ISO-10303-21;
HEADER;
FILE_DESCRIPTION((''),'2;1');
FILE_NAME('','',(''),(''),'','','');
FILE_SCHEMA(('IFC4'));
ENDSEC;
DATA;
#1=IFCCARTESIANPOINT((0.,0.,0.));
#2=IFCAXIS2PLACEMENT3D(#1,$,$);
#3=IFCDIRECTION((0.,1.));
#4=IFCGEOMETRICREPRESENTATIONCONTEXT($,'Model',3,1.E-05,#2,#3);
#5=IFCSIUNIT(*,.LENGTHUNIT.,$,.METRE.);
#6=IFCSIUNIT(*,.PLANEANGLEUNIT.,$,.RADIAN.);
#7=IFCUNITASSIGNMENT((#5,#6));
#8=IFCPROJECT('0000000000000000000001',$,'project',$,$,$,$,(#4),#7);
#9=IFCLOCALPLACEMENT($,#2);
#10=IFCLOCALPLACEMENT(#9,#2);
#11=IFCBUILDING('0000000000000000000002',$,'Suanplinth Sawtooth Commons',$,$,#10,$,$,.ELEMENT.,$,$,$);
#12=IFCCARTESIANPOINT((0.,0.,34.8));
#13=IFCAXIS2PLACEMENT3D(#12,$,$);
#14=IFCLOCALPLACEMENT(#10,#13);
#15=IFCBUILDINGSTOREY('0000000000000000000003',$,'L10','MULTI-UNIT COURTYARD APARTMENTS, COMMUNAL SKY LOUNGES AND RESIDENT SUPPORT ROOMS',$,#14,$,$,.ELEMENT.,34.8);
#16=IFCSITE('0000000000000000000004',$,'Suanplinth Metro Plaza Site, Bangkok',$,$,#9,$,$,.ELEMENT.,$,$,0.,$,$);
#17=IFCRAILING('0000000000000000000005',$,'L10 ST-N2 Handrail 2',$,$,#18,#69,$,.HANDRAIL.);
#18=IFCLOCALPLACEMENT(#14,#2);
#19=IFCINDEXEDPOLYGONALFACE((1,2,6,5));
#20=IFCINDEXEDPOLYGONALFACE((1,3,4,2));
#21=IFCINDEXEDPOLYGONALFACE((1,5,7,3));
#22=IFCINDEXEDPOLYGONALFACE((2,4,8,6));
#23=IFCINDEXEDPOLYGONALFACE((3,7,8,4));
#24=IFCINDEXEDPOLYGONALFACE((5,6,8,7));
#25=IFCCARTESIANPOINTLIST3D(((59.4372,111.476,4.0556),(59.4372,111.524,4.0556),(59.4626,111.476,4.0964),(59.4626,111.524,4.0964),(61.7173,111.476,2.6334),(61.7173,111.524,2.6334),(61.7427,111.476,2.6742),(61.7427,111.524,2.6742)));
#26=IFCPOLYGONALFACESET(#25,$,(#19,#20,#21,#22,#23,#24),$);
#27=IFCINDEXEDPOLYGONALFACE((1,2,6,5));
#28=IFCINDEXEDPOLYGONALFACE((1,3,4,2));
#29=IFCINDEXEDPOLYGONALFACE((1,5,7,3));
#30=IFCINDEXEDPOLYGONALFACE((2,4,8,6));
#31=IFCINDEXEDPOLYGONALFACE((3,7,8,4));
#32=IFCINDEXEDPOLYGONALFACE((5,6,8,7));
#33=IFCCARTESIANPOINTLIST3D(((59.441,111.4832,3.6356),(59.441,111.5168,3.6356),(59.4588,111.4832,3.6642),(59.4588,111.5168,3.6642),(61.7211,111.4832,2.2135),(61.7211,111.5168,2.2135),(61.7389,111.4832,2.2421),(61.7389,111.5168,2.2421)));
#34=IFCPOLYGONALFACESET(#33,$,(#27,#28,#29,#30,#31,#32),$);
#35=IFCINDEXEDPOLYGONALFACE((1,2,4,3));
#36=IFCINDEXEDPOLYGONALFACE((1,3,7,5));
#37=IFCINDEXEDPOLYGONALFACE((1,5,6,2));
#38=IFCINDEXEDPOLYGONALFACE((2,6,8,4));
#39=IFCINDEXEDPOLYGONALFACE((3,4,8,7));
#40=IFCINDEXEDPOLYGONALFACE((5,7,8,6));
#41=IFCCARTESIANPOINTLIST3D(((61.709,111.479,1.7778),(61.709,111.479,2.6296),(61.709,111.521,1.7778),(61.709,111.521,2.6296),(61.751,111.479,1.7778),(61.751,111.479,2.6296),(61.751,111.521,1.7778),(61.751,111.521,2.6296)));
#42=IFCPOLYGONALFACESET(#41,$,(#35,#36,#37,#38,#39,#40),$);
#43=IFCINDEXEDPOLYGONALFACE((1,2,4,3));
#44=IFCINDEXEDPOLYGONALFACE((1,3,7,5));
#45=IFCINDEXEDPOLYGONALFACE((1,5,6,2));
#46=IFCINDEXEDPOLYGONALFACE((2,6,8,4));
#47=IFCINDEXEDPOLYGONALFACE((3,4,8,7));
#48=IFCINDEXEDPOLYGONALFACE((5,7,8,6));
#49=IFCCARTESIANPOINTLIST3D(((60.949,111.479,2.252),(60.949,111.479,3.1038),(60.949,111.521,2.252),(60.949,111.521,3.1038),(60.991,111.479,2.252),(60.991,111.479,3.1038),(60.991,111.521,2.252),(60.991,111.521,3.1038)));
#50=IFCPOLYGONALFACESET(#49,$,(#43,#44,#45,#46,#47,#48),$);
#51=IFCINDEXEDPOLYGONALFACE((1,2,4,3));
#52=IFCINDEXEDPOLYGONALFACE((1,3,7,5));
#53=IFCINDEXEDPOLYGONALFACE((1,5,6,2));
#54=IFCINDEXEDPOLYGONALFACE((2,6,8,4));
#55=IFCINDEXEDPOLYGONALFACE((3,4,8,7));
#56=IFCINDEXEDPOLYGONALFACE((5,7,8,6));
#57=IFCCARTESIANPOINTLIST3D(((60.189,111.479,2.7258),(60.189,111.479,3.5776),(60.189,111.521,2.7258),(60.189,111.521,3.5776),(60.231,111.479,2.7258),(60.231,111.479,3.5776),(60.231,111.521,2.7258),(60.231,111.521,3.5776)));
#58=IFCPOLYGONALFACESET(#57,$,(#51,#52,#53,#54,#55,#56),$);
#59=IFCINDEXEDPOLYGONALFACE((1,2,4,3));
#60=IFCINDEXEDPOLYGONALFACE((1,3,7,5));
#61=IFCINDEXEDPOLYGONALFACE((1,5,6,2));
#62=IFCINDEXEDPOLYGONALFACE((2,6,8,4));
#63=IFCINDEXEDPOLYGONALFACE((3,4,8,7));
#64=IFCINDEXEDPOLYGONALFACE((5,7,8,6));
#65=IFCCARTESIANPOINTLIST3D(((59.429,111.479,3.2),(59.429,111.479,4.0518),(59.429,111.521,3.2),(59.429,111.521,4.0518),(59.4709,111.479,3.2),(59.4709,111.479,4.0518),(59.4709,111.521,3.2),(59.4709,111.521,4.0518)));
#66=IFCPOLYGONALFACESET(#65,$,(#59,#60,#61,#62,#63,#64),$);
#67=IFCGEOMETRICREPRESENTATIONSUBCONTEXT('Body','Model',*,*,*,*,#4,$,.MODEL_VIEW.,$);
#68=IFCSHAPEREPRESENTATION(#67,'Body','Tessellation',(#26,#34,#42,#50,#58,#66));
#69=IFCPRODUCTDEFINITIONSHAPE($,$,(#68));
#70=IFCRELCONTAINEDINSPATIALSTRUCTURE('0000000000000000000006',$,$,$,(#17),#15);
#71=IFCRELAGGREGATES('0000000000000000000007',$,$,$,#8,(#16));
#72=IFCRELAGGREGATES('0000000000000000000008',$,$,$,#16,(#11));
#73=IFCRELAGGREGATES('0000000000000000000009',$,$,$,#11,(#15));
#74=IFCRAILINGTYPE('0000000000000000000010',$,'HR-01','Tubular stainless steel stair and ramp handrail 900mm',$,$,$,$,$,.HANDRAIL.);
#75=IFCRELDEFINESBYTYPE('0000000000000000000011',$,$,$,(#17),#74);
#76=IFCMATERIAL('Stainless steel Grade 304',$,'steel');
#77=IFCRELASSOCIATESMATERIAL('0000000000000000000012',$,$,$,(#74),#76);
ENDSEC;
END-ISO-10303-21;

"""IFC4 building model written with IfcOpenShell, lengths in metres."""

from ifc_helpers import new_model, si_unit, direction, frame, origin, origin_2d, place, context, subcontext, project, spatial, rectangle, extrude, material, type_object, element, save


model = new_model("IFC4")

# Units and contexts
model_context = context("Model", 3, precision=1e-05, world=origin(), true_north=direction((0.0, 1.0)))
body_context = subcontext(model_context, "Body", "Model", "MODEL_VIEW")
ifc_project = project(units=[si_unit("LENGTHUNIT", "METRE"), si_unit("PLANEANGLEUNIT", "RADIAN")], contexts=[model_context])

# Site, building, storey
site_placement = place(None, origin())
site = spatial("IfcSite", under=ifc_project, at=site_placement, Name="Suanplinth Metro Plaza Site, Bangkok", CompositionType="ELEMENT", RefElevation=0.0)
building_placement = place(site_placement, origin())
building = spatial("IfcBuilding", under=site, at=building_placement, Name="Suanplinth Sawtooth Commons", CompositionType="ELEMENT")
storey_placement = place(building_placement, frame((0.0, 0.0, 34.8)))
storey = spatial("IfcBuildingStorey", under=building, at=storey_placement, Name="L10", Description="MULTI-UNIT COURTYARD APARTMENTS, COMMUNAL SKY LOUNGES AND RESIDENT SUPPORT ROOMS", CompositionType="ELEMENT", Elevation=34.8)

# Shared definitions
ifc_material_1 = material(Name="Stainless steel Grade 304", Category="steel")

# Railing
railing_type_1 = type_object("IfcRailingType", Name="HR-01", Description="Tubular stainless steel stair and ramp handrail 900mm", PredefinedType="HANDRAIL", material=ifc_material_1)
railing_1_placement = place(storey_placement, frame((61.73, 111.5, 1.7778)))
element("IfcRailing", 1, at=railing_1_placement, inside=storey, type_object=railing_type_1, Name="L10 ST-N2 Handrail 2", PredefinedType="HANDRAIL", context=body_context, shape_type="SweptSolid", body=[
    extrude(rectangle(XDim=0.0481, YDim=0.0481, at=origin_2d()), frame((0.0, 0.0, 0.876), z_axis=(-0.848483, 0.0, 0.529223), x_axis=(0.0, -1.0, 0.0)), (0.0, 0.0, 1.0), 2.6873),
    extrude(rectangle(XDim=0.0337, YDim=0.0337, at=origin_2d()), frame((0.0, 0.0, 0.45), z_axis=(-0.848483, 0.0, 0.529223), x_axis=(0.0, -1.0, 0.0)), (0.0, 0.0, 1.0), 2.6873),
    extrude(rectangle(XDim=0.042, YDim=0.042, at=origin_2d()), origin(), (0.0, 0.0, 1.0), 0.8518),
    extrude(rectangle(XDim=0.042, YDim=0.042, at=origin_2d()), frame((-0.76, 0.0, 0.4741)), (0.0, 0.0, 1.0), 0.8518),
    extrude(rectangle(XDim=0.042, YDim=0.042, at=origin_2d()), frame((-1.52, 0.0, 0.948)), (0.0, 0.0, 1.0), 0.8518),
    extrude(rectangle(XDim=0.042, YDim=0.042, at=origin_2d()), frame((-2.28, 0.0, 1.4221)), (0.0, 0.0, 1.0), 0.8518),
])

save(model, "model.ifc")
